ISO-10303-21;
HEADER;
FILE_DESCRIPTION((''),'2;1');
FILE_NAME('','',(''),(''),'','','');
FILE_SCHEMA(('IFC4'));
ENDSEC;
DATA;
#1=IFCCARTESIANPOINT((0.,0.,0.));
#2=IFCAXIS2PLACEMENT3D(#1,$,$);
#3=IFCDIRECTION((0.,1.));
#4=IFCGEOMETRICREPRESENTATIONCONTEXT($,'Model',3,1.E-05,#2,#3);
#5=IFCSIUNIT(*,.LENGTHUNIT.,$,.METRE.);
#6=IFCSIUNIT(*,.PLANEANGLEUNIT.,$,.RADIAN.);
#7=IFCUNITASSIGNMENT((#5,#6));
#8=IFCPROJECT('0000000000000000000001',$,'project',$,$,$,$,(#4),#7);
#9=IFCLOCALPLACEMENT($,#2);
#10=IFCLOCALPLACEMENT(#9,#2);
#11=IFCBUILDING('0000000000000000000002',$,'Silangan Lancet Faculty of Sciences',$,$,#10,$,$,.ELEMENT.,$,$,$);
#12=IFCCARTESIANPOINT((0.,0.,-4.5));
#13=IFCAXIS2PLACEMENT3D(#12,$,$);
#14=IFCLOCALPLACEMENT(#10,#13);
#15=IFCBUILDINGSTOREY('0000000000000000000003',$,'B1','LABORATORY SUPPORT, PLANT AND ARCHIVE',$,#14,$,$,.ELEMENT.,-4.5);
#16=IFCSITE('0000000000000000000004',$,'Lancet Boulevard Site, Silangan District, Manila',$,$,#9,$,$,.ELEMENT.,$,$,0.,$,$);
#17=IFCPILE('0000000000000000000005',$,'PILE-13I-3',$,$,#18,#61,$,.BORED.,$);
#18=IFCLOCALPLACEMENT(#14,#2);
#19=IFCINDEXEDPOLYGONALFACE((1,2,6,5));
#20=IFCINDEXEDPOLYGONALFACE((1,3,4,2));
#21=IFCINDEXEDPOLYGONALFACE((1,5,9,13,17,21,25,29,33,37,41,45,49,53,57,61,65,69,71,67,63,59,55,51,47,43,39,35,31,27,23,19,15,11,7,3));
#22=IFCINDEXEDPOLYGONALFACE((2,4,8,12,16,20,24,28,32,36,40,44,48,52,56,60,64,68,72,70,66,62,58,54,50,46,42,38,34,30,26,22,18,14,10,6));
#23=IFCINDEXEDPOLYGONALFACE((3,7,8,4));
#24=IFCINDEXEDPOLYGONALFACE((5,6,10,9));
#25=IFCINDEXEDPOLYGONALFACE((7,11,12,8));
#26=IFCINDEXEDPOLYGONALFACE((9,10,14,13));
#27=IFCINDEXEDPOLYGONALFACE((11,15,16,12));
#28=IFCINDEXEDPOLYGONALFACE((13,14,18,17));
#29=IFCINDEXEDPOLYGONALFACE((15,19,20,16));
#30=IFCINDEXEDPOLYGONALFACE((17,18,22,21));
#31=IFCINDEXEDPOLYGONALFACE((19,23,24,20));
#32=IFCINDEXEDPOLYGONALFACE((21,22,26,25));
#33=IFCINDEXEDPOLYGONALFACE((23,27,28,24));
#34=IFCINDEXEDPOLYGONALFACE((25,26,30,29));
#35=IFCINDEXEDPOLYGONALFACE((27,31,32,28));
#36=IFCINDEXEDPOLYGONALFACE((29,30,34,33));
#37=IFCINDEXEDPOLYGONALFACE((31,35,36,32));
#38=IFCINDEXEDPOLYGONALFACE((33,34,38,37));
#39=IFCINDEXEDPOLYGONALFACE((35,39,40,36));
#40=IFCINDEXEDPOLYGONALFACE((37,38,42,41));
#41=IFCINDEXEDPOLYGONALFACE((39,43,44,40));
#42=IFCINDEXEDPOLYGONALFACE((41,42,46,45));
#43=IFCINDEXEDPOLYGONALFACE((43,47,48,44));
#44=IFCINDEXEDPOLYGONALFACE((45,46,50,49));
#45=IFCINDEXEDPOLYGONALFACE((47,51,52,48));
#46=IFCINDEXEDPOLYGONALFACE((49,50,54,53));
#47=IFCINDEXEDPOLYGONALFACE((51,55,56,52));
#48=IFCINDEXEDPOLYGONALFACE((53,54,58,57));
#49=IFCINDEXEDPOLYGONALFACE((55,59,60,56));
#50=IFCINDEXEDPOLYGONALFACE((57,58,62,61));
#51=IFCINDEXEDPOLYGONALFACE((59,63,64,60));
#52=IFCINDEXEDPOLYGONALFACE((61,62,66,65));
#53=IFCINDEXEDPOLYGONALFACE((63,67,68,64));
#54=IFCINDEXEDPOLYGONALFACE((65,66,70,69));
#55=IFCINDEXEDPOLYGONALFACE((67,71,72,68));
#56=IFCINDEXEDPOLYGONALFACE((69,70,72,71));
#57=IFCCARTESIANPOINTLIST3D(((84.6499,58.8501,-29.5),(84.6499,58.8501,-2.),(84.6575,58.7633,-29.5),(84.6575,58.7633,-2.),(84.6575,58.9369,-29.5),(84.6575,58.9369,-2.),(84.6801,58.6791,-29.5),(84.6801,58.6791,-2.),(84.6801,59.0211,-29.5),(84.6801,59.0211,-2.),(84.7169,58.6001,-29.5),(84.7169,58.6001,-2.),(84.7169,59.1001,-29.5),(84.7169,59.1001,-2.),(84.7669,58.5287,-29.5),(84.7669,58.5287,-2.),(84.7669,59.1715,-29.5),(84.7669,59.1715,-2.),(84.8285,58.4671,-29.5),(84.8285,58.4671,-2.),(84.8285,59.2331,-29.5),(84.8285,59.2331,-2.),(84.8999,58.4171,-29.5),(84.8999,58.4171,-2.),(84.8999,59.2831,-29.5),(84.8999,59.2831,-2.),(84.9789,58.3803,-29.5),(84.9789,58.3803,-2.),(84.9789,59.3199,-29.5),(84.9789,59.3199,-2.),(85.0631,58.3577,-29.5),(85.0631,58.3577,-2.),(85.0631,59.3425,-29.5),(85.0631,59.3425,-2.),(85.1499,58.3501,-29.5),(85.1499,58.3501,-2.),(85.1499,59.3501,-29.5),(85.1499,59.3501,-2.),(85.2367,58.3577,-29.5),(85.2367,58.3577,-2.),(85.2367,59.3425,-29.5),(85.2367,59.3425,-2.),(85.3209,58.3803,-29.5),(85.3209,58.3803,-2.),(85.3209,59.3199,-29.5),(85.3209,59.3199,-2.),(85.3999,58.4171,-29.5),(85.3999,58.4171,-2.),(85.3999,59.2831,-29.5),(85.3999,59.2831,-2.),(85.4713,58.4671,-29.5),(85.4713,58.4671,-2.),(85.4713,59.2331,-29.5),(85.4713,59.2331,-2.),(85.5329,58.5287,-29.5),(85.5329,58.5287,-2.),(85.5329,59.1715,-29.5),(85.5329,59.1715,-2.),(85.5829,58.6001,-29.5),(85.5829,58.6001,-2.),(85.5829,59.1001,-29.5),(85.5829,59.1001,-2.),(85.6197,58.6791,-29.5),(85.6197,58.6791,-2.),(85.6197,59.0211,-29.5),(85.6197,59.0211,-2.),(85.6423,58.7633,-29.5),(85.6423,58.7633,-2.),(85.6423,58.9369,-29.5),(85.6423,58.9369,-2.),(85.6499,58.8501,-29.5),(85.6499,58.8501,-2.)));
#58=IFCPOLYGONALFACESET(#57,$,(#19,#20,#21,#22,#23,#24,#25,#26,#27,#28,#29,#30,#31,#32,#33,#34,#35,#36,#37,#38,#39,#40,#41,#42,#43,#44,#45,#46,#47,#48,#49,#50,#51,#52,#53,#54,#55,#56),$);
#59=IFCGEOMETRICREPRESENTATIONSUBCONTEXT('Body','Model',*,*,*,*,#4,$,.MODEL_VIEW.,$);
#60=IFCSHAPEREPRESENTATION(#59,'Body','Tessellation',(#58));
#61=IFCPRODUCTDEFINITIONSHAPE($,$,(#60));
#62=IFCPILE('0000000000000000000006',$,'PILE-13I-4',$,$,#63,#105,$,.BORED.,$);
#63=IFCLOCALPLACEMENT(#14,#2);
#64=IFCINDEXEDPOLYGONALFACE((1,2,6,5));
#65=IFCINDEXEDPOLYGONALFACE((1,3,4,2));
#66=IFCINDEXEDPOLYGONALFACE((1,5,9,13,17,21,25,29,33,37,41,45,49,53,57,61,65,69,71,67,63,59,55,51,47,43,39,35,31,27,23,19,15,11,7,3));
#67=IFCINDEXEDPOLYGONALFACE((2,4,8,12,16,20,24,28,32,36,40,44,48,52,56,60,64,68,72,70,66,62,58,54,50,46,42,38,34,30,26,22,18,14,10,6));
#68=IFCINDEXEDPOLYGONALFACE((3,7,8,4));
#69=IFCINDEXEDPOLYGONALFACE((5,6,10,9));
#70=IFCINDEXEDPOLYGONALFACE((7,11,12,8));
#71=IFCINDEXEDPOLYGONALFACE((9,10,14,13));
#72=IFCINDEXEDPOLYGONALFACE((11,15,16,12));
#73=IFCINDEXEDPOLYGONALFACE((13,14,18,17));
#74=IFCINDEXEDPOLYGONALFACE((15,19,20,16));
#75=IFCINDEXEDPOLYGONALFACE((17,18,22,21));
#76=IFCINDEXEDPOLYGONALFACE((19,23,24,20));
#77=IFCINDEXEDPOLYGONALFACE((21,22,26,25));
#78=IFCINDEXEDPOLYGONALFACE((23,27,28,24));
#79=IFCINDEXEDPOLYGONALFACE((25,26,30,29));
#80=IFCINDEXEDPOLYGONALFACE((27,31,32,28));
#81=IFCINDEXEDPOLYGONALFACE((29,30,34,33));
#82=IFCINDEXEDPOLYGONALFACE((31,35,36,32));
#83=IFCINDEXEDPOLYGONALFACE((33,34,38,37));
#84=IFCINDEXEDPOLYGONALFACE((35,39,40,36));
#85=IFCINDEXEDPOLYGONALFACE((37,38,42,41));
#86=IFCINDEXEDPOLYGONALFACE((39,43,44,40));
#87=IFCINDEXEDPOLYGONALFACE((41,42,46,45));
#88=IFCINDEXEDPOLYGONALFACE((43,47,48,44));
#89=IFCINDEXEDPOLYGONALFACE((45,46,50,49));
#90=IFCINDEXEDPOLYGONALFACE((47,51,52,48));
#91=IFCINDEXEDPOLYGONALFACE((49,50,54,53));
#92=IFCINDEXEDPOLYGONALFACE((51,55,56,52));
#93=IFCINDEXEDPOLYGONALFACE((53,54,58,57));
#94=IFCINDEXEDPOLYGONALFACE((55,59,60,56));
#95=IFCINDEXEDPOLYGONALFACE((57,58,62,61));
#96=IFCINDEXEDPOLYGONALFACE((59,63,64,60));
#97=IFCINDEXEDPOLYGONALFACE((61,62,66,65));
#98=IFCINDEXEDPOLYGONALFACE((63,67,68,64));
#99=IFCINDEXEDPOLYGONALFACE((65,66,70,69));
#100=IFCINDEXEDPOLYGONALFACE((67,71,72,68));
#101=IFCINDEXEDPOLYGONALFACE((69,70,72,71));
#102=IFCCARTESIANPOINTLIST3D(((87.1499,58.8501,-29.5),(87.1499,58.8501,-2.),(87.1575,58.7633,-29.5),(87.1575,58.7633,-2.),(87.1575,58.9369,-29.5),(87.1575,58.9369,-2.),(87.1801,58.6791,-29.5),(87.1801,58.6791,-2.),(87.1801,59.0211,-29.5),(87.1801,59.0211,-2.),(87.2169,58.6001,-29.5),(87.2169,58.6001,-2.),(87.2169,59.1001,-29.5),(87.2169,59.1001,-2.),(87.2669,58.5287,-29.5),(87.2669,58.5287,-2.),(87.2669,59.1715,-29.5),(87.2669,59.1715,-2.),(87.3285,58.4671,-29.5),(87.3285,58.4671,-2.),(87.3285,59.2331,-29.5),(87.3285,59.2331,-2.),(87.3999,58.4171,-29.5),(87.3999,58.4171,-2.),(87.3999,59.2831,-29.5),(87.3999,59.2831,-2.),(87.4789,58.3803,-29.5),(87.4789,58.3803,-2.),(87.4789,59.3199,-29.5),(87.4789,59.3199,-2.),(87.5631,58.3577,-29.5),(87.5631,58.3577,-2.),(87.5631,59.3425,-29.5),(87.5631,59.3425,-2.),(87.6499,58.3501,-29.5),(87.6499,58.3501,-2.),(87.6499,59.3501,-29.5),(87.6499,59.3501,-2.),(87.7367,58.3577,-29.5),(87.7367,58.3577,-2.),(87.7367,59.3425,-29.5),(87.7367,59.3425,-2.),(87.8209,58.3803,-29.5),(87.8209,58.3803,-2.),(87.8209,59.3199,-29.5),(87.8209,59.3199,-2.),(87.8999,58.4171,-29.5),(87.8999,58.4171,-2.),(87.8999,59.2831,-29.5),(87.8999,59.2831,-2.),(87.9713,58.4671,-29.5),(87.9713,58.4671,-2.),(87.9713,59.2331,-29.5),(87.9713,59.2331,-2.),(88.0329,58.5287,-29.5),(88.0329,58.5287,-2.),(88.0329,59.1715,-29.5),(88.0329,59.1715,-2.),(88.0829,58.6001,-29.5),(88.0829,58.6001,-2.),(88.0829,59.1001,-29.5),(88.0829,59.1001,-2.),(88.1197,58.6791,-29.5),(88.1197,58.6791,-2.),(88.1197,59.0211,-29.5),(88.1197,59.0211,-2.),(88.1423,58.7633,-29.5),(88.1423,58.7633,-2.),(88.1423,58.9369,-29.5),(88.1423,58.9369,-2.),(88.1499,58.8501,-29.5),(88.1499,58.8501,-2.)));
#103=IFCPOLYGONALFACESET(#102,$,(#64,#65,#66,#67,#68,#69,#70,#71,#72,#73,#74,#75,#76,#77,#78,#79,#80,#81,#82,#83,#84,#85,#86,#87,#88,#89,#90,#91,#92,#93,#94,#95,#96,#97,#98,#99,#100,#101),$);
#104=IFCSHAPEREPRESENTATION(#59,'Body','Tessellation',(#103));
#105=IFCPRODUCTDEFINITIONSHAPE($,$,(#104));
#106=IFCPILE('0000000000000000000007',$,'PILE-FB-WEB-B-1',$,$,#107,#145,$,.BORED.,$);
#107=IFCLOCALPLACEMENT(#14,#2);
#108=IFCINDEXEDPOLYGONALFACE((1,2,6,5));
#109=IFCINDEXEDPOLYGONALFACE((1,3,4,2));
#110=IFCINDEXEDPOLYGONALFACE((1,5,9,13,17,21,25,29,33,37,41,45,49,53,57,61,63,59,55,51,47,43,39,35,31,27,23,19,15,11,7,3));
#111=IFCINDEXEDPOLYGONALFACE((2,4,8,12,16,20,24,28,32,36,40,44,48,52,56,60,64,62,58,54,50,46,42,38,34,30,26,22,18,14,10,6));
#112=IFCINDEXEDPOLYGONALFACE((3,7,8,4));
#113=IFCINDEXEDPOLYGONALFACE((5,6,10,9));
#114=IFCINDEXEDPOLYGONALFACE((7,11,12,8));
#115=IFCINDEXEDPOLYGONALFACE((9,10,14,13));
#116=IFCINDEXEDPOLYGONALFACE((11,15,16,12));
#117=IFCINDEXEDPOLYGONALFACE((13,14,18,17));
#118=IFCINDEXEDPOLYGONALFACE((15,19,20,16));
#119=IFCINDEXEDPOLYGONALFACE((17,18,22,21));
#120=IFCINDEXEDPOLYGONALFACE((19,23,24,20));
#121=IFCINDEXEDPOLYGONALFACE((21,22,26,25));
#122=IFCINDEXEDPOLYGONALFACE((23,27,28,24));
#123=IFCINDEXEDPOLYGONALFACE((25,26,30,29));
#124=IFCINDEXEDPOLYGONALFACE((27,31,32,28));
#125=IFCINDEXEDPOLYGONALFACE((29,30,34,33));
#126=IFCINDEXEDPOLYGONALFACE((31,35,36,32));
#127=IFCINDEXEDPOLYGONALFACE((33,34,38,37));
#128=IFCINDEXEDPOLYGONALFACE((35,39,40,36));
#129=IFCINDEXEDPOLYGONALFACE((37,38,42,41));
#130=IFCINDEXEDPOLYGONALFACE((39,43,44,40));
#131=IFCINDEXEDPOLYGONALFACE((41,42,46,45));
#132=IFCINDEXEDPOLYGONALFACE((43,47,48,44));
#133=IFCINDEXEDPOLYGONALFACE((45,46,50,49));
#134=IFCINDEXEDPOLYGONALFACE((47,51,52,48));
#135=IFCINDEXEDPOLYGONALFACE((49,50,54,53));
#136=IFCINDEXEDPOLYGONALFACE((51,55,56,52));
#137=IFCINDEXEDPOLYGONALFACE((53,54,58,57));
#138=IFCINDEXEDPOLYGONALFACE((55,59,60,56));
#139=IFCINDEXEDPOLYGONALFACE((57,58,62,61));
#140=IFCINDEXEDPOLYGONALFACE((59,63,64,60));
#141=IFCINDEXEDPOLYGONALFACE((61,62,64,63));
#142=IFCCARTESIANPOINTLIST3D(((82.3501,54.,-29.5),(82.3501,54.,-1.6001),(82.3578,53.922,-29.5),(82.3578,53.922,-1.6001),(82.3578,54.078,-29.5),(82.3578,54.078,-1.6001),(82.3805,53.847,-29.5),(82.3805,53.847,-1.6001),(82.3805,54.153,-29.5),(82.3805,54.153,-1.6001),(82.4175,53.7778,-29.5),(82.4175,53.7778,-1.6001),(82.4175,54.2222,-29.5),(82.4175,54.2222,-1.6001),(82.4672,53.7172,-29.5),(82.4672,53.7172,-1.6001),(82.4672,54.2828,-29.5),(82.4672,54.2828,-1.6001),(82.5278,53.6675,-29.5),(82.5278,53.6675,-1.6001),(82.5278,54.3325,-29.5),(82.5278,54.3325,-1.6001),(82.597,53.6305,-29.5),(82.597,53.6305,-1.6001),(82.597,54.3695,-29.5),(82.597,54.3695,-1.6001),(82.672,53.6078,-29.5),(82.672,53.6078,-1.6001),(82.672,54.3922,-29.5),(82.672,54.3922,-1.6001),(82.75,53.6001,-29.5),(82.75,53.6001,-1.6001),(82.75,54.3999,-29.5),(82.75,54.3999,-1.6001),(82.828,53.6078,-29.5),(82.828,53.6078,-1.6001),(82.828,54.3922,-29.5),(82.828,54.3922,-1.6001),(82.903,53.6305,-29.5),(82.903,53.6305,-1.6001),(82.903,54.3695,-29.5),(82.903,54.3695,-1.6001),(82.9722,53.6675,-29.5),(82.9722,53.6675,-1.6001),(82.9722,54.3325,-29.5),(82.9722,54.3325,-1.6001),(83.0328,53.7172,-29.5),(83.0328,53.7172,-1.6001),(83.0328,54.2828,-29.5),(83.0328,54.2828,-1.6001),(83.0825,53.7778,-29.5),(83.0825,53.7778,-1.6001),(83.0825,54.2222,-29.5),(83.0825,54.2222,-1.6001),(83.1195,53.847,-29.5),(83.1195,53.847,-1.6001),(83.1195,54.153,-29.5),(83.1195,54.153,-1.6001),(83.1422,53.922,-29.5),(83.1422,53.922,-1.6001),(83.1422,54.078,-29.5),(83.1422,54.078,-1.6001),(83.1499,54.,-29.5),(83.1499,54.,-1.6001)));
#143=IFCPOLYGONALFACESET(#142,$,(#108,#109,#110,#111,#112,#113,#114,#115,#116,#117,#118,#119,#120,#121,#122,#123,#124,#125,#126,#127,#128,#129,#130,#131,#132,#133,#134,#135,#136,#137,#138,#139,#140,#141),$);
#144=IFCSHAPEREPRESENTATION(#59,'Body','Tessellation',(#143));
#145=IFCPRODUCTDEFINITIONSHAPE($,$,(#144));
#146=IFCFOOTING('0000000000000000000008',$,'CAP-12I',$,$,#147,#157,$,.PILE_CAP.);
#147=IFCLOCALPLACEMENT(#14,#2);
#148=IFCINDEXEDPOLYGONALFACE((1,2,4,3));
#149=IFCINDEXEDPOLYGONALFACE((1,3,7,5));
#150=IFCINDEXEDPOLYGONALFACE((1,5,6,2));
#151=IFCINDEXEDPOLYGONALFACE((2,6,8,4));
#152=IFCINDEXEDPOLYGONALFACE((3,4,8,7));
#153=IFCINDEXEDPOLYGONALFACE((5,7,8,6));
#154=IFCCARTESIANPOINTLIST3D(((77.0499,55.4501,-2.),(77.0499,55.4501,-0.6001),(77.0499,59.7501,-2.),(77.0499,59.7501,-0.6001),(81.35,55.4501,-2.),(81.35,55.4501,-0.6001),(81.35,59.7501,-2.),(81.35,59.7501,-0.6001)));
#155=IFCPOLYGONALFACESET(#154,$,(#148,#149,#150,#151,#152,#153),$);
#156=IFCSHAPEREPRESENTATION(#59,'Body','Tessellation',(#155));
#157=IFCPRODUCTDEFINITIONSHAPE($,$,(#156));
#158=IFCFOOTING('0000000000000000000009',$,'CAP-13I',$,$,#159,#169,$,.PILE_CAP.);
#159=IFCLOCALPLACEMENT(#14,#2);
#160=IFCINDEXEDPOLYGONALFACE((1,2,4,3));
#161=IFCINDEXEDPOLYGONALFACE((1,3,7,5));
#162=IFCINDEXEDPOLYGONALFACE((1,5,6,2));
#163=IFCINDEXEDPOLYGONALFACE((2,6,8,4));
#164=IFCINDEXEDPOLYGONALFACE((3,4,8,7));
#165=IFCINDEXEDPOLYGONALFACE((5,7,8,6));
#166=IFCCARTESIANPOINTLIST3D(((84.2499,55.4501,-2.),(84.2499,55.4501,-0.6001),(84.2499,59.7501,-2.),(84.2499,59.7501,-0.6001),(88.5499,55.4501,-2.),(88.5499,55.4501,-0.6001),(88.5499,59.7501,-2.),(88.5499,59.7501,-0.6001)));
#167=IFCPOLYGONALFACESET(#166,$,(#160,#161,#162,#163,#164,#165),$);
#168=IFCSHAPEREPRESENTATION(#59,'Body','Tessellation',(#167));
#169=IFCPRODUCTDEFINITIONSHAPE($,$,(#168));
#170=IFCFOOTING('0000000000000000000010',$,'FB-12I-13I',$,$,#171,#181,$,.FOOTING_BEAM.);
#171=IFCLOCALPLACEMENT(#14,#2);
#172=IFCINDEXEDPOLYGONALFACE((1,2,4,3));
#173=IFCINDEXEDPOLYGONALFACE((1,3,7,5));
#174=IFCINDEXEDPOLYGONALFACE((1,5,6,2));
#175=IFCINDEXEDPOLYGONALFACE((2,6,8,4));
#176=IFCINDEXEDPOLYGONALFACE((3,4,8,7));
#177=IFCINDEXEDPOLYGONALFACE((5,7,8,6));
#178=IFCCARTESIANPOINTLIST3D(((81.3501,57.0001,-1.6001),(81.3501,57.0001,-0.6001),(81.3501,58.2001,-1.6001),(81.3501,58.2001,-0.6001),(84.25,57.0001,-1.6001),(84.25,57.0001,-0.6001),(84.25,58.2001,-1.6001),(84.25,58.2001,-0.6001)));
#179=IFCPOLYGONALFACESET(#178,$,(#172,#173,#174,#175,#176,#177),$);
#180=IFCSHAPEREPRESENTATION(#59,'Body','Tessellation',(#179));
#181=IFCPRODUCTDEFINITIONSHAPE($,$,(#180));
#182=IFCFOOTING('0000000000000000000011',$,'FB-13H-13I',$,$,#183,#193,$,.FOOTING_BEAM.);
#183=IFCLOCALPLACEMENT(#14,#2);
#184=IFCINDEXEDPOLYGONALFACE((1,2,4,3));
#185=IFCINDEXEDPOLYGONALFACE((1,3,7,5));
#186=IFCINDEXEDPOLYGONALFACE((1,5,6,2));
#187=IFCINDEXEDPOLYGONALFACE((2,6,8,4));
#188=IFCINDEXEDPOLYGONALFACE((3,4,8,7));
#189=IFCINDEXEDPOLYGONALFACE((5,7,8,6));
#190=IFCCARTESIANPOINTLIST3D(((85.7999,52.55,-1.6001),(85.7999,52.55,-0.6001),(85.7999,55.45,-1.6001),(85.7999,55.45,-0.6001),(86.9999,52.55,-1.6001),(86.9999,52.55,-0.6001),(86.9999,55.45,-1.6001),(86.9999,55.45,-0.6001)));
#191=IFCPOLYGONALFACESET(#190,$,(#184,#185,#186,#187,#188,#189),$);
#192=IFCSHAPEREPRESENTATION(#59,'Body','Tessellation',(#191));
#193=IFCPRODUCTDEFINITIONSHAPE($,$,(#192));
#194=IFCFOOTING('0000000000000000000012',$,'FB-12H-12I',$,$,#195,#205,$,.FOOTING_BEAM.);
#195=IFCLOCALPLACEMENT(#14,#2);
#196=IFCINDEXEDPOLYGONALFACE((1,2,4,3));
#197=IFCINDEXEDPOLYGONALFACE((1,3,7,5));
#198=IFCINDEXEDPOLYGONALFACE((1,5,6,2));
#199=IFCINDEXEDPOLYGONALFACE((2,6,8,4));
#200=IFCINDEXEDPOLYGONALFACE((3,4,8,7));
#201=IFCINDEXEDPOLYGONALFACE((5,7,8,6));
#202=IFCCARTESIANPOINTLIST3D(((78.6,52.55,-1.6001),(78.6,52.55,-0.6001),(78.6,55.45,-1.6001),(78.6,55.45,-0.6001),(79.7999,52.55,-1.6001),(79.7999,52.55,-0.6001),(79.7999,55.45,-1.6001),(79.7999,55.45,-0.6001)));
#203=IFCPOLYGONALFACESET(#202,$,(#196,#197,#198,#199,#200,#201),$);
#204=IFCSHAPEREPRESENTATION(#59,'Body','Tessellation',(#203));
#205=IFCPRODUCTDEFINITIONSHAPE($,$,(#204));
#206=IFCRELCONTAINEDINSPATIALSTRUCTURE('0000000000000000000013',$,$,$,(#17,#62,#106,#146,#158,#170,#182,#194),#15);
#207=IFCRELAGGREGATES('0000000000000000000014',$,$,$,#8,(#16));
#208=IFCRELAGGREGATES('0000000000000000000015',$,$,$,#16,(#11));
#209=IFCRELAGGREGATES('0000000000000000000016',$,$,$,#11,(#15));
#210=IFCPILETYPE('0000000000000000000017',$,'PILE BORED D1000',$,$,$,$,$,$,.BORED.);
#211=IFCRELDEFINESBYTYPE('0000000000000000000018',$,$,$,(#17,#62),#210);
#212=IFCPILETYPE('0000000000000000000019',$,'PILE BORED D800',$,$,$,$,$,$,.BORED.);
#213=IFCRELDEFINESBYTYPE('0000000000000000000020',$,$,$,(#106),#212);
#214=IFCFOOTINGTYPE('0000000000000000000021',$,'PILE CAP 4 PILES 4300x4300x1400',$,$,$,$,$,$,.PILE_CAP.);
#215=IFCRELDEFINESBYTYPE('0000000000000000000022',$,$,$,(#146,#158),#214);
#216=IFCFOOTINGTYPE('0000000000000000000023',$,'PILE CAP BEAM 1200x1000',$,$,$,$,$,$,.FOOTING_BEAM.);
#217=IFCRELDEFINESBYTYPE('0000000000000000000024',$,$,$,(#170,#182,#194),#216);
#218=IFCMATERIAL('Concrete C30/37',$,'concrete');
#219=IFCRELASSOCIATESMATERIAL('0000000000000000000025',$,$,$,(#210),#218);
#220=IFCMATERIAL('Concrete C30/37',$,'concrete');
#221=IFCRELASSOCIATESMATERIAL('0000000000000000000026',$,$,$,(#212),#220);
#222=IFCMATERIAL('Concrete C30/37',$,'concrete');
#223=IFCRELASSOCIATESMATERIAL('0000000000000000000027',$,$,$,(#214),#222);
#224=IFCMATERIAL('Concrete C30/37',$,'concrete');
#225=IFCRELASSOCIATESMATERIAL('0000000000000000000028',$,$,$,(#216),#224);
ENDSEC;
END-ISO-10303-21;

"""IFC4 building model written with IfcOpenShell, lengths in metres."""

from ifc_helpers import new_model, si_unit, direction, frame, origin, origin_2d, place, context, subcontext, project, spatial, rectangle, circle, extrude, material, material_profile, profile_set, type_object, element, save


model = new_model("IFC4")

# Units and contexts
model_context = context("Model", 3, precision=1e-05, world=origin(), true_north=direction((0.0, 1.0)))
body_context = subcontext(model_context, "Body", "Model", "MODEL_VIEW")
ifc_project = project(units=[si_unit("LENGTHUNIT", "METRE"), si_unit("PLANEANGLEUNIT", "RADIAN")], contexts=[model_context])

# Site, building, storey
site_placement = place(None, origin())
site = spatial("IfcSite", under=ifc_project, at=site_placement, Name="Lancet Boulevard Site, Silangan District, Manila", CompositionType="ELEMENT", RefElevation=0.0)
building_placement = place(site_placement, origin())
building = spatial("IfcBuilding", under=site, at=building_placement, Name="Silangan Lancet Faculty of Sciences", CompositionType="ELEMENT")
storey_placement = place(building_placement, frame((0.0, 0.0, -4.5)))
storey = spatial("IfcBuildingStorey", under=building, at=storey_placement, Name="B1", Description="LABORATORY SUPPORT, PLANT AND ARCHIVE", CompositionType="ELEMENT", Elevation=-4.5)

# Piles
ifc_material_1 = material(Name="Concrete C30/37", Category="concrete")
ifc_material_profile_1 = material_profile(ifc_material_1, circle(Radius=0.5, at=origin_2d()), Name="BORED PILE D1000")
ifc_profile_set_1 = profile_set([ifc_material_profile_1], Name="Concrete C30/37")
pile_type_1 = type_object("IfcPileType", Name="PILE BORED D1000", PredefinedType="BORED", material=ifc_profile_set_1)
for number, where, z_axis, x_axis, name in (
    (1, (85.1499, 58.8501, -2.0), (0.0, 0.0, -1.0), (1.0, 0.0, 0.0), "PILE-13I-3"),
    (2, (87.6499, 58.8501, -2.0), (0.0, 0.0, -1.0), (1.0, 0.0, 0.0), "PILE-13I-4"),
):
    element("IfcPile", number, at=place(storey_placement, frame(where, z_axis=z_axis, x_axis=x_axis)), inside=storey, type_object=pile_type_1, Name=name, PredefinedType="BORED", context=body_context, shape_type="SweptSolid", body=[
        extrude(circle(Radius=0.5, at=origin_2d()), origin(), (0.0, 0.0, 1.0), 27.5),
    ])
ifc_material_2 = material(Name="Concrete C30/37", Category="concrete")
ifc_material_profile_2 = material_profile(ifc_material_2, circle(Radius=0.3999, at=origin_2d()), Name="BORED PILE D800")
ifc_profile_set_2 = profile_set([ifc_material_profile_2], Name="Concrete C30/37")
pile_type_2 = type_object("IfcPileType", Name="PILE BORED D800", PredefinedType="BORED", material=ifc_profile_set_2)
pile_placement = place(storey_placement, frame((82.75, 54.0, -1.6001), z_axis=(0.0, 0.0, -1.0), x_axis=(1.0, 0.0, 0.0)))
element("IfcPile", 3, at=pile_placement, inside=storey, type_object=pile_type_2, Name="PILE-FB-WEB-B-1", PredefinedType="BORED", context=body_context, shape_type="SweptSolid", body=[
    extrude(circle(Radius=0.3999, at=origin_2d()), origin(), (0.0, 0.0, 1.0), 27.8999),
])

# Footings
ifc_material_3 = material(Name="Concrete C30/37", Category="concrete")
footing_type_1 = type_object("IfcFootingType", Name="PILE CAP 4 PILES 4300x4300x1400", PredefinedType="PILE_CAP", material=ifc_material_3)
for number, where, z_axis, x_axis, name in (
    (4, (79.2, 57.6001, -2.0), (0.0, 0.0, 1.0), (1.0, 0.0, 0.0), "CAP-12I"),
    (5, (86.3999, 57.6001, -2.0), (0.0, 0.0, 1.0), (1.0, 0.0, 0.0), "CAP-13I"),
):
    element("IfcFooting", number, at=place(storey_placement, frame(where, z_axis=z_axis, x_axis=x_axis)), inside=storey, type_object=footing_type_1, Name=name, PredefinedType="PILE_CAP", context=body_context, shape_type="SweptSolid", body=[
        extrude(rectangle(XDim=4.3, YDim=4.3, at=origin_2d()), origin(), (0.0, 0.0, 1.0), 1.3999),
    ])
ifc_material_4 = material(Name="Concrete C30/37", Category="concrete")
footing_type_2 = type_object("IfcFootingType", Name="PILE CAP BEAM 1200x1000", PredefinedType="FOOTING_BEAM", material=ifc_material_4)
for number, where, z_axis, x_axis, name in (
    (6, (82.8, 57.6001, -1.6001), (0.0, 0.0, 1.0), (1.0, 0.0, 0.0), "FB-12I-13I"),
    (7, (86.3999, 54.0, -1.6001), (0.0, 0.0, 1.0), (0.0, 1.0, 0.0), "FB-13H-13I"),
    (8, (79.2, 54.0, -1.6001), (0.0, 0.0, 1.0), (0.0, 1.0, 0.0), "FB-12H-12I"),
):
    element("IfcFooting", number, at=place(storey_placement, frame(where, z_axis=z_axis, x_axis=x_axis)), inside=storey, type_object=footing_type_2, Name=name, PredefinedType="FOOTING_BEAM", context=body_context, shape_type="SweptSolid", body=[
        extrude(rectangle(XDim=2.8999, YDim=1.2, at=origin_2d()), origin(), (0.0, 0.0, 1.0), 1.0),
    ])

save(model, "model.ifc")
